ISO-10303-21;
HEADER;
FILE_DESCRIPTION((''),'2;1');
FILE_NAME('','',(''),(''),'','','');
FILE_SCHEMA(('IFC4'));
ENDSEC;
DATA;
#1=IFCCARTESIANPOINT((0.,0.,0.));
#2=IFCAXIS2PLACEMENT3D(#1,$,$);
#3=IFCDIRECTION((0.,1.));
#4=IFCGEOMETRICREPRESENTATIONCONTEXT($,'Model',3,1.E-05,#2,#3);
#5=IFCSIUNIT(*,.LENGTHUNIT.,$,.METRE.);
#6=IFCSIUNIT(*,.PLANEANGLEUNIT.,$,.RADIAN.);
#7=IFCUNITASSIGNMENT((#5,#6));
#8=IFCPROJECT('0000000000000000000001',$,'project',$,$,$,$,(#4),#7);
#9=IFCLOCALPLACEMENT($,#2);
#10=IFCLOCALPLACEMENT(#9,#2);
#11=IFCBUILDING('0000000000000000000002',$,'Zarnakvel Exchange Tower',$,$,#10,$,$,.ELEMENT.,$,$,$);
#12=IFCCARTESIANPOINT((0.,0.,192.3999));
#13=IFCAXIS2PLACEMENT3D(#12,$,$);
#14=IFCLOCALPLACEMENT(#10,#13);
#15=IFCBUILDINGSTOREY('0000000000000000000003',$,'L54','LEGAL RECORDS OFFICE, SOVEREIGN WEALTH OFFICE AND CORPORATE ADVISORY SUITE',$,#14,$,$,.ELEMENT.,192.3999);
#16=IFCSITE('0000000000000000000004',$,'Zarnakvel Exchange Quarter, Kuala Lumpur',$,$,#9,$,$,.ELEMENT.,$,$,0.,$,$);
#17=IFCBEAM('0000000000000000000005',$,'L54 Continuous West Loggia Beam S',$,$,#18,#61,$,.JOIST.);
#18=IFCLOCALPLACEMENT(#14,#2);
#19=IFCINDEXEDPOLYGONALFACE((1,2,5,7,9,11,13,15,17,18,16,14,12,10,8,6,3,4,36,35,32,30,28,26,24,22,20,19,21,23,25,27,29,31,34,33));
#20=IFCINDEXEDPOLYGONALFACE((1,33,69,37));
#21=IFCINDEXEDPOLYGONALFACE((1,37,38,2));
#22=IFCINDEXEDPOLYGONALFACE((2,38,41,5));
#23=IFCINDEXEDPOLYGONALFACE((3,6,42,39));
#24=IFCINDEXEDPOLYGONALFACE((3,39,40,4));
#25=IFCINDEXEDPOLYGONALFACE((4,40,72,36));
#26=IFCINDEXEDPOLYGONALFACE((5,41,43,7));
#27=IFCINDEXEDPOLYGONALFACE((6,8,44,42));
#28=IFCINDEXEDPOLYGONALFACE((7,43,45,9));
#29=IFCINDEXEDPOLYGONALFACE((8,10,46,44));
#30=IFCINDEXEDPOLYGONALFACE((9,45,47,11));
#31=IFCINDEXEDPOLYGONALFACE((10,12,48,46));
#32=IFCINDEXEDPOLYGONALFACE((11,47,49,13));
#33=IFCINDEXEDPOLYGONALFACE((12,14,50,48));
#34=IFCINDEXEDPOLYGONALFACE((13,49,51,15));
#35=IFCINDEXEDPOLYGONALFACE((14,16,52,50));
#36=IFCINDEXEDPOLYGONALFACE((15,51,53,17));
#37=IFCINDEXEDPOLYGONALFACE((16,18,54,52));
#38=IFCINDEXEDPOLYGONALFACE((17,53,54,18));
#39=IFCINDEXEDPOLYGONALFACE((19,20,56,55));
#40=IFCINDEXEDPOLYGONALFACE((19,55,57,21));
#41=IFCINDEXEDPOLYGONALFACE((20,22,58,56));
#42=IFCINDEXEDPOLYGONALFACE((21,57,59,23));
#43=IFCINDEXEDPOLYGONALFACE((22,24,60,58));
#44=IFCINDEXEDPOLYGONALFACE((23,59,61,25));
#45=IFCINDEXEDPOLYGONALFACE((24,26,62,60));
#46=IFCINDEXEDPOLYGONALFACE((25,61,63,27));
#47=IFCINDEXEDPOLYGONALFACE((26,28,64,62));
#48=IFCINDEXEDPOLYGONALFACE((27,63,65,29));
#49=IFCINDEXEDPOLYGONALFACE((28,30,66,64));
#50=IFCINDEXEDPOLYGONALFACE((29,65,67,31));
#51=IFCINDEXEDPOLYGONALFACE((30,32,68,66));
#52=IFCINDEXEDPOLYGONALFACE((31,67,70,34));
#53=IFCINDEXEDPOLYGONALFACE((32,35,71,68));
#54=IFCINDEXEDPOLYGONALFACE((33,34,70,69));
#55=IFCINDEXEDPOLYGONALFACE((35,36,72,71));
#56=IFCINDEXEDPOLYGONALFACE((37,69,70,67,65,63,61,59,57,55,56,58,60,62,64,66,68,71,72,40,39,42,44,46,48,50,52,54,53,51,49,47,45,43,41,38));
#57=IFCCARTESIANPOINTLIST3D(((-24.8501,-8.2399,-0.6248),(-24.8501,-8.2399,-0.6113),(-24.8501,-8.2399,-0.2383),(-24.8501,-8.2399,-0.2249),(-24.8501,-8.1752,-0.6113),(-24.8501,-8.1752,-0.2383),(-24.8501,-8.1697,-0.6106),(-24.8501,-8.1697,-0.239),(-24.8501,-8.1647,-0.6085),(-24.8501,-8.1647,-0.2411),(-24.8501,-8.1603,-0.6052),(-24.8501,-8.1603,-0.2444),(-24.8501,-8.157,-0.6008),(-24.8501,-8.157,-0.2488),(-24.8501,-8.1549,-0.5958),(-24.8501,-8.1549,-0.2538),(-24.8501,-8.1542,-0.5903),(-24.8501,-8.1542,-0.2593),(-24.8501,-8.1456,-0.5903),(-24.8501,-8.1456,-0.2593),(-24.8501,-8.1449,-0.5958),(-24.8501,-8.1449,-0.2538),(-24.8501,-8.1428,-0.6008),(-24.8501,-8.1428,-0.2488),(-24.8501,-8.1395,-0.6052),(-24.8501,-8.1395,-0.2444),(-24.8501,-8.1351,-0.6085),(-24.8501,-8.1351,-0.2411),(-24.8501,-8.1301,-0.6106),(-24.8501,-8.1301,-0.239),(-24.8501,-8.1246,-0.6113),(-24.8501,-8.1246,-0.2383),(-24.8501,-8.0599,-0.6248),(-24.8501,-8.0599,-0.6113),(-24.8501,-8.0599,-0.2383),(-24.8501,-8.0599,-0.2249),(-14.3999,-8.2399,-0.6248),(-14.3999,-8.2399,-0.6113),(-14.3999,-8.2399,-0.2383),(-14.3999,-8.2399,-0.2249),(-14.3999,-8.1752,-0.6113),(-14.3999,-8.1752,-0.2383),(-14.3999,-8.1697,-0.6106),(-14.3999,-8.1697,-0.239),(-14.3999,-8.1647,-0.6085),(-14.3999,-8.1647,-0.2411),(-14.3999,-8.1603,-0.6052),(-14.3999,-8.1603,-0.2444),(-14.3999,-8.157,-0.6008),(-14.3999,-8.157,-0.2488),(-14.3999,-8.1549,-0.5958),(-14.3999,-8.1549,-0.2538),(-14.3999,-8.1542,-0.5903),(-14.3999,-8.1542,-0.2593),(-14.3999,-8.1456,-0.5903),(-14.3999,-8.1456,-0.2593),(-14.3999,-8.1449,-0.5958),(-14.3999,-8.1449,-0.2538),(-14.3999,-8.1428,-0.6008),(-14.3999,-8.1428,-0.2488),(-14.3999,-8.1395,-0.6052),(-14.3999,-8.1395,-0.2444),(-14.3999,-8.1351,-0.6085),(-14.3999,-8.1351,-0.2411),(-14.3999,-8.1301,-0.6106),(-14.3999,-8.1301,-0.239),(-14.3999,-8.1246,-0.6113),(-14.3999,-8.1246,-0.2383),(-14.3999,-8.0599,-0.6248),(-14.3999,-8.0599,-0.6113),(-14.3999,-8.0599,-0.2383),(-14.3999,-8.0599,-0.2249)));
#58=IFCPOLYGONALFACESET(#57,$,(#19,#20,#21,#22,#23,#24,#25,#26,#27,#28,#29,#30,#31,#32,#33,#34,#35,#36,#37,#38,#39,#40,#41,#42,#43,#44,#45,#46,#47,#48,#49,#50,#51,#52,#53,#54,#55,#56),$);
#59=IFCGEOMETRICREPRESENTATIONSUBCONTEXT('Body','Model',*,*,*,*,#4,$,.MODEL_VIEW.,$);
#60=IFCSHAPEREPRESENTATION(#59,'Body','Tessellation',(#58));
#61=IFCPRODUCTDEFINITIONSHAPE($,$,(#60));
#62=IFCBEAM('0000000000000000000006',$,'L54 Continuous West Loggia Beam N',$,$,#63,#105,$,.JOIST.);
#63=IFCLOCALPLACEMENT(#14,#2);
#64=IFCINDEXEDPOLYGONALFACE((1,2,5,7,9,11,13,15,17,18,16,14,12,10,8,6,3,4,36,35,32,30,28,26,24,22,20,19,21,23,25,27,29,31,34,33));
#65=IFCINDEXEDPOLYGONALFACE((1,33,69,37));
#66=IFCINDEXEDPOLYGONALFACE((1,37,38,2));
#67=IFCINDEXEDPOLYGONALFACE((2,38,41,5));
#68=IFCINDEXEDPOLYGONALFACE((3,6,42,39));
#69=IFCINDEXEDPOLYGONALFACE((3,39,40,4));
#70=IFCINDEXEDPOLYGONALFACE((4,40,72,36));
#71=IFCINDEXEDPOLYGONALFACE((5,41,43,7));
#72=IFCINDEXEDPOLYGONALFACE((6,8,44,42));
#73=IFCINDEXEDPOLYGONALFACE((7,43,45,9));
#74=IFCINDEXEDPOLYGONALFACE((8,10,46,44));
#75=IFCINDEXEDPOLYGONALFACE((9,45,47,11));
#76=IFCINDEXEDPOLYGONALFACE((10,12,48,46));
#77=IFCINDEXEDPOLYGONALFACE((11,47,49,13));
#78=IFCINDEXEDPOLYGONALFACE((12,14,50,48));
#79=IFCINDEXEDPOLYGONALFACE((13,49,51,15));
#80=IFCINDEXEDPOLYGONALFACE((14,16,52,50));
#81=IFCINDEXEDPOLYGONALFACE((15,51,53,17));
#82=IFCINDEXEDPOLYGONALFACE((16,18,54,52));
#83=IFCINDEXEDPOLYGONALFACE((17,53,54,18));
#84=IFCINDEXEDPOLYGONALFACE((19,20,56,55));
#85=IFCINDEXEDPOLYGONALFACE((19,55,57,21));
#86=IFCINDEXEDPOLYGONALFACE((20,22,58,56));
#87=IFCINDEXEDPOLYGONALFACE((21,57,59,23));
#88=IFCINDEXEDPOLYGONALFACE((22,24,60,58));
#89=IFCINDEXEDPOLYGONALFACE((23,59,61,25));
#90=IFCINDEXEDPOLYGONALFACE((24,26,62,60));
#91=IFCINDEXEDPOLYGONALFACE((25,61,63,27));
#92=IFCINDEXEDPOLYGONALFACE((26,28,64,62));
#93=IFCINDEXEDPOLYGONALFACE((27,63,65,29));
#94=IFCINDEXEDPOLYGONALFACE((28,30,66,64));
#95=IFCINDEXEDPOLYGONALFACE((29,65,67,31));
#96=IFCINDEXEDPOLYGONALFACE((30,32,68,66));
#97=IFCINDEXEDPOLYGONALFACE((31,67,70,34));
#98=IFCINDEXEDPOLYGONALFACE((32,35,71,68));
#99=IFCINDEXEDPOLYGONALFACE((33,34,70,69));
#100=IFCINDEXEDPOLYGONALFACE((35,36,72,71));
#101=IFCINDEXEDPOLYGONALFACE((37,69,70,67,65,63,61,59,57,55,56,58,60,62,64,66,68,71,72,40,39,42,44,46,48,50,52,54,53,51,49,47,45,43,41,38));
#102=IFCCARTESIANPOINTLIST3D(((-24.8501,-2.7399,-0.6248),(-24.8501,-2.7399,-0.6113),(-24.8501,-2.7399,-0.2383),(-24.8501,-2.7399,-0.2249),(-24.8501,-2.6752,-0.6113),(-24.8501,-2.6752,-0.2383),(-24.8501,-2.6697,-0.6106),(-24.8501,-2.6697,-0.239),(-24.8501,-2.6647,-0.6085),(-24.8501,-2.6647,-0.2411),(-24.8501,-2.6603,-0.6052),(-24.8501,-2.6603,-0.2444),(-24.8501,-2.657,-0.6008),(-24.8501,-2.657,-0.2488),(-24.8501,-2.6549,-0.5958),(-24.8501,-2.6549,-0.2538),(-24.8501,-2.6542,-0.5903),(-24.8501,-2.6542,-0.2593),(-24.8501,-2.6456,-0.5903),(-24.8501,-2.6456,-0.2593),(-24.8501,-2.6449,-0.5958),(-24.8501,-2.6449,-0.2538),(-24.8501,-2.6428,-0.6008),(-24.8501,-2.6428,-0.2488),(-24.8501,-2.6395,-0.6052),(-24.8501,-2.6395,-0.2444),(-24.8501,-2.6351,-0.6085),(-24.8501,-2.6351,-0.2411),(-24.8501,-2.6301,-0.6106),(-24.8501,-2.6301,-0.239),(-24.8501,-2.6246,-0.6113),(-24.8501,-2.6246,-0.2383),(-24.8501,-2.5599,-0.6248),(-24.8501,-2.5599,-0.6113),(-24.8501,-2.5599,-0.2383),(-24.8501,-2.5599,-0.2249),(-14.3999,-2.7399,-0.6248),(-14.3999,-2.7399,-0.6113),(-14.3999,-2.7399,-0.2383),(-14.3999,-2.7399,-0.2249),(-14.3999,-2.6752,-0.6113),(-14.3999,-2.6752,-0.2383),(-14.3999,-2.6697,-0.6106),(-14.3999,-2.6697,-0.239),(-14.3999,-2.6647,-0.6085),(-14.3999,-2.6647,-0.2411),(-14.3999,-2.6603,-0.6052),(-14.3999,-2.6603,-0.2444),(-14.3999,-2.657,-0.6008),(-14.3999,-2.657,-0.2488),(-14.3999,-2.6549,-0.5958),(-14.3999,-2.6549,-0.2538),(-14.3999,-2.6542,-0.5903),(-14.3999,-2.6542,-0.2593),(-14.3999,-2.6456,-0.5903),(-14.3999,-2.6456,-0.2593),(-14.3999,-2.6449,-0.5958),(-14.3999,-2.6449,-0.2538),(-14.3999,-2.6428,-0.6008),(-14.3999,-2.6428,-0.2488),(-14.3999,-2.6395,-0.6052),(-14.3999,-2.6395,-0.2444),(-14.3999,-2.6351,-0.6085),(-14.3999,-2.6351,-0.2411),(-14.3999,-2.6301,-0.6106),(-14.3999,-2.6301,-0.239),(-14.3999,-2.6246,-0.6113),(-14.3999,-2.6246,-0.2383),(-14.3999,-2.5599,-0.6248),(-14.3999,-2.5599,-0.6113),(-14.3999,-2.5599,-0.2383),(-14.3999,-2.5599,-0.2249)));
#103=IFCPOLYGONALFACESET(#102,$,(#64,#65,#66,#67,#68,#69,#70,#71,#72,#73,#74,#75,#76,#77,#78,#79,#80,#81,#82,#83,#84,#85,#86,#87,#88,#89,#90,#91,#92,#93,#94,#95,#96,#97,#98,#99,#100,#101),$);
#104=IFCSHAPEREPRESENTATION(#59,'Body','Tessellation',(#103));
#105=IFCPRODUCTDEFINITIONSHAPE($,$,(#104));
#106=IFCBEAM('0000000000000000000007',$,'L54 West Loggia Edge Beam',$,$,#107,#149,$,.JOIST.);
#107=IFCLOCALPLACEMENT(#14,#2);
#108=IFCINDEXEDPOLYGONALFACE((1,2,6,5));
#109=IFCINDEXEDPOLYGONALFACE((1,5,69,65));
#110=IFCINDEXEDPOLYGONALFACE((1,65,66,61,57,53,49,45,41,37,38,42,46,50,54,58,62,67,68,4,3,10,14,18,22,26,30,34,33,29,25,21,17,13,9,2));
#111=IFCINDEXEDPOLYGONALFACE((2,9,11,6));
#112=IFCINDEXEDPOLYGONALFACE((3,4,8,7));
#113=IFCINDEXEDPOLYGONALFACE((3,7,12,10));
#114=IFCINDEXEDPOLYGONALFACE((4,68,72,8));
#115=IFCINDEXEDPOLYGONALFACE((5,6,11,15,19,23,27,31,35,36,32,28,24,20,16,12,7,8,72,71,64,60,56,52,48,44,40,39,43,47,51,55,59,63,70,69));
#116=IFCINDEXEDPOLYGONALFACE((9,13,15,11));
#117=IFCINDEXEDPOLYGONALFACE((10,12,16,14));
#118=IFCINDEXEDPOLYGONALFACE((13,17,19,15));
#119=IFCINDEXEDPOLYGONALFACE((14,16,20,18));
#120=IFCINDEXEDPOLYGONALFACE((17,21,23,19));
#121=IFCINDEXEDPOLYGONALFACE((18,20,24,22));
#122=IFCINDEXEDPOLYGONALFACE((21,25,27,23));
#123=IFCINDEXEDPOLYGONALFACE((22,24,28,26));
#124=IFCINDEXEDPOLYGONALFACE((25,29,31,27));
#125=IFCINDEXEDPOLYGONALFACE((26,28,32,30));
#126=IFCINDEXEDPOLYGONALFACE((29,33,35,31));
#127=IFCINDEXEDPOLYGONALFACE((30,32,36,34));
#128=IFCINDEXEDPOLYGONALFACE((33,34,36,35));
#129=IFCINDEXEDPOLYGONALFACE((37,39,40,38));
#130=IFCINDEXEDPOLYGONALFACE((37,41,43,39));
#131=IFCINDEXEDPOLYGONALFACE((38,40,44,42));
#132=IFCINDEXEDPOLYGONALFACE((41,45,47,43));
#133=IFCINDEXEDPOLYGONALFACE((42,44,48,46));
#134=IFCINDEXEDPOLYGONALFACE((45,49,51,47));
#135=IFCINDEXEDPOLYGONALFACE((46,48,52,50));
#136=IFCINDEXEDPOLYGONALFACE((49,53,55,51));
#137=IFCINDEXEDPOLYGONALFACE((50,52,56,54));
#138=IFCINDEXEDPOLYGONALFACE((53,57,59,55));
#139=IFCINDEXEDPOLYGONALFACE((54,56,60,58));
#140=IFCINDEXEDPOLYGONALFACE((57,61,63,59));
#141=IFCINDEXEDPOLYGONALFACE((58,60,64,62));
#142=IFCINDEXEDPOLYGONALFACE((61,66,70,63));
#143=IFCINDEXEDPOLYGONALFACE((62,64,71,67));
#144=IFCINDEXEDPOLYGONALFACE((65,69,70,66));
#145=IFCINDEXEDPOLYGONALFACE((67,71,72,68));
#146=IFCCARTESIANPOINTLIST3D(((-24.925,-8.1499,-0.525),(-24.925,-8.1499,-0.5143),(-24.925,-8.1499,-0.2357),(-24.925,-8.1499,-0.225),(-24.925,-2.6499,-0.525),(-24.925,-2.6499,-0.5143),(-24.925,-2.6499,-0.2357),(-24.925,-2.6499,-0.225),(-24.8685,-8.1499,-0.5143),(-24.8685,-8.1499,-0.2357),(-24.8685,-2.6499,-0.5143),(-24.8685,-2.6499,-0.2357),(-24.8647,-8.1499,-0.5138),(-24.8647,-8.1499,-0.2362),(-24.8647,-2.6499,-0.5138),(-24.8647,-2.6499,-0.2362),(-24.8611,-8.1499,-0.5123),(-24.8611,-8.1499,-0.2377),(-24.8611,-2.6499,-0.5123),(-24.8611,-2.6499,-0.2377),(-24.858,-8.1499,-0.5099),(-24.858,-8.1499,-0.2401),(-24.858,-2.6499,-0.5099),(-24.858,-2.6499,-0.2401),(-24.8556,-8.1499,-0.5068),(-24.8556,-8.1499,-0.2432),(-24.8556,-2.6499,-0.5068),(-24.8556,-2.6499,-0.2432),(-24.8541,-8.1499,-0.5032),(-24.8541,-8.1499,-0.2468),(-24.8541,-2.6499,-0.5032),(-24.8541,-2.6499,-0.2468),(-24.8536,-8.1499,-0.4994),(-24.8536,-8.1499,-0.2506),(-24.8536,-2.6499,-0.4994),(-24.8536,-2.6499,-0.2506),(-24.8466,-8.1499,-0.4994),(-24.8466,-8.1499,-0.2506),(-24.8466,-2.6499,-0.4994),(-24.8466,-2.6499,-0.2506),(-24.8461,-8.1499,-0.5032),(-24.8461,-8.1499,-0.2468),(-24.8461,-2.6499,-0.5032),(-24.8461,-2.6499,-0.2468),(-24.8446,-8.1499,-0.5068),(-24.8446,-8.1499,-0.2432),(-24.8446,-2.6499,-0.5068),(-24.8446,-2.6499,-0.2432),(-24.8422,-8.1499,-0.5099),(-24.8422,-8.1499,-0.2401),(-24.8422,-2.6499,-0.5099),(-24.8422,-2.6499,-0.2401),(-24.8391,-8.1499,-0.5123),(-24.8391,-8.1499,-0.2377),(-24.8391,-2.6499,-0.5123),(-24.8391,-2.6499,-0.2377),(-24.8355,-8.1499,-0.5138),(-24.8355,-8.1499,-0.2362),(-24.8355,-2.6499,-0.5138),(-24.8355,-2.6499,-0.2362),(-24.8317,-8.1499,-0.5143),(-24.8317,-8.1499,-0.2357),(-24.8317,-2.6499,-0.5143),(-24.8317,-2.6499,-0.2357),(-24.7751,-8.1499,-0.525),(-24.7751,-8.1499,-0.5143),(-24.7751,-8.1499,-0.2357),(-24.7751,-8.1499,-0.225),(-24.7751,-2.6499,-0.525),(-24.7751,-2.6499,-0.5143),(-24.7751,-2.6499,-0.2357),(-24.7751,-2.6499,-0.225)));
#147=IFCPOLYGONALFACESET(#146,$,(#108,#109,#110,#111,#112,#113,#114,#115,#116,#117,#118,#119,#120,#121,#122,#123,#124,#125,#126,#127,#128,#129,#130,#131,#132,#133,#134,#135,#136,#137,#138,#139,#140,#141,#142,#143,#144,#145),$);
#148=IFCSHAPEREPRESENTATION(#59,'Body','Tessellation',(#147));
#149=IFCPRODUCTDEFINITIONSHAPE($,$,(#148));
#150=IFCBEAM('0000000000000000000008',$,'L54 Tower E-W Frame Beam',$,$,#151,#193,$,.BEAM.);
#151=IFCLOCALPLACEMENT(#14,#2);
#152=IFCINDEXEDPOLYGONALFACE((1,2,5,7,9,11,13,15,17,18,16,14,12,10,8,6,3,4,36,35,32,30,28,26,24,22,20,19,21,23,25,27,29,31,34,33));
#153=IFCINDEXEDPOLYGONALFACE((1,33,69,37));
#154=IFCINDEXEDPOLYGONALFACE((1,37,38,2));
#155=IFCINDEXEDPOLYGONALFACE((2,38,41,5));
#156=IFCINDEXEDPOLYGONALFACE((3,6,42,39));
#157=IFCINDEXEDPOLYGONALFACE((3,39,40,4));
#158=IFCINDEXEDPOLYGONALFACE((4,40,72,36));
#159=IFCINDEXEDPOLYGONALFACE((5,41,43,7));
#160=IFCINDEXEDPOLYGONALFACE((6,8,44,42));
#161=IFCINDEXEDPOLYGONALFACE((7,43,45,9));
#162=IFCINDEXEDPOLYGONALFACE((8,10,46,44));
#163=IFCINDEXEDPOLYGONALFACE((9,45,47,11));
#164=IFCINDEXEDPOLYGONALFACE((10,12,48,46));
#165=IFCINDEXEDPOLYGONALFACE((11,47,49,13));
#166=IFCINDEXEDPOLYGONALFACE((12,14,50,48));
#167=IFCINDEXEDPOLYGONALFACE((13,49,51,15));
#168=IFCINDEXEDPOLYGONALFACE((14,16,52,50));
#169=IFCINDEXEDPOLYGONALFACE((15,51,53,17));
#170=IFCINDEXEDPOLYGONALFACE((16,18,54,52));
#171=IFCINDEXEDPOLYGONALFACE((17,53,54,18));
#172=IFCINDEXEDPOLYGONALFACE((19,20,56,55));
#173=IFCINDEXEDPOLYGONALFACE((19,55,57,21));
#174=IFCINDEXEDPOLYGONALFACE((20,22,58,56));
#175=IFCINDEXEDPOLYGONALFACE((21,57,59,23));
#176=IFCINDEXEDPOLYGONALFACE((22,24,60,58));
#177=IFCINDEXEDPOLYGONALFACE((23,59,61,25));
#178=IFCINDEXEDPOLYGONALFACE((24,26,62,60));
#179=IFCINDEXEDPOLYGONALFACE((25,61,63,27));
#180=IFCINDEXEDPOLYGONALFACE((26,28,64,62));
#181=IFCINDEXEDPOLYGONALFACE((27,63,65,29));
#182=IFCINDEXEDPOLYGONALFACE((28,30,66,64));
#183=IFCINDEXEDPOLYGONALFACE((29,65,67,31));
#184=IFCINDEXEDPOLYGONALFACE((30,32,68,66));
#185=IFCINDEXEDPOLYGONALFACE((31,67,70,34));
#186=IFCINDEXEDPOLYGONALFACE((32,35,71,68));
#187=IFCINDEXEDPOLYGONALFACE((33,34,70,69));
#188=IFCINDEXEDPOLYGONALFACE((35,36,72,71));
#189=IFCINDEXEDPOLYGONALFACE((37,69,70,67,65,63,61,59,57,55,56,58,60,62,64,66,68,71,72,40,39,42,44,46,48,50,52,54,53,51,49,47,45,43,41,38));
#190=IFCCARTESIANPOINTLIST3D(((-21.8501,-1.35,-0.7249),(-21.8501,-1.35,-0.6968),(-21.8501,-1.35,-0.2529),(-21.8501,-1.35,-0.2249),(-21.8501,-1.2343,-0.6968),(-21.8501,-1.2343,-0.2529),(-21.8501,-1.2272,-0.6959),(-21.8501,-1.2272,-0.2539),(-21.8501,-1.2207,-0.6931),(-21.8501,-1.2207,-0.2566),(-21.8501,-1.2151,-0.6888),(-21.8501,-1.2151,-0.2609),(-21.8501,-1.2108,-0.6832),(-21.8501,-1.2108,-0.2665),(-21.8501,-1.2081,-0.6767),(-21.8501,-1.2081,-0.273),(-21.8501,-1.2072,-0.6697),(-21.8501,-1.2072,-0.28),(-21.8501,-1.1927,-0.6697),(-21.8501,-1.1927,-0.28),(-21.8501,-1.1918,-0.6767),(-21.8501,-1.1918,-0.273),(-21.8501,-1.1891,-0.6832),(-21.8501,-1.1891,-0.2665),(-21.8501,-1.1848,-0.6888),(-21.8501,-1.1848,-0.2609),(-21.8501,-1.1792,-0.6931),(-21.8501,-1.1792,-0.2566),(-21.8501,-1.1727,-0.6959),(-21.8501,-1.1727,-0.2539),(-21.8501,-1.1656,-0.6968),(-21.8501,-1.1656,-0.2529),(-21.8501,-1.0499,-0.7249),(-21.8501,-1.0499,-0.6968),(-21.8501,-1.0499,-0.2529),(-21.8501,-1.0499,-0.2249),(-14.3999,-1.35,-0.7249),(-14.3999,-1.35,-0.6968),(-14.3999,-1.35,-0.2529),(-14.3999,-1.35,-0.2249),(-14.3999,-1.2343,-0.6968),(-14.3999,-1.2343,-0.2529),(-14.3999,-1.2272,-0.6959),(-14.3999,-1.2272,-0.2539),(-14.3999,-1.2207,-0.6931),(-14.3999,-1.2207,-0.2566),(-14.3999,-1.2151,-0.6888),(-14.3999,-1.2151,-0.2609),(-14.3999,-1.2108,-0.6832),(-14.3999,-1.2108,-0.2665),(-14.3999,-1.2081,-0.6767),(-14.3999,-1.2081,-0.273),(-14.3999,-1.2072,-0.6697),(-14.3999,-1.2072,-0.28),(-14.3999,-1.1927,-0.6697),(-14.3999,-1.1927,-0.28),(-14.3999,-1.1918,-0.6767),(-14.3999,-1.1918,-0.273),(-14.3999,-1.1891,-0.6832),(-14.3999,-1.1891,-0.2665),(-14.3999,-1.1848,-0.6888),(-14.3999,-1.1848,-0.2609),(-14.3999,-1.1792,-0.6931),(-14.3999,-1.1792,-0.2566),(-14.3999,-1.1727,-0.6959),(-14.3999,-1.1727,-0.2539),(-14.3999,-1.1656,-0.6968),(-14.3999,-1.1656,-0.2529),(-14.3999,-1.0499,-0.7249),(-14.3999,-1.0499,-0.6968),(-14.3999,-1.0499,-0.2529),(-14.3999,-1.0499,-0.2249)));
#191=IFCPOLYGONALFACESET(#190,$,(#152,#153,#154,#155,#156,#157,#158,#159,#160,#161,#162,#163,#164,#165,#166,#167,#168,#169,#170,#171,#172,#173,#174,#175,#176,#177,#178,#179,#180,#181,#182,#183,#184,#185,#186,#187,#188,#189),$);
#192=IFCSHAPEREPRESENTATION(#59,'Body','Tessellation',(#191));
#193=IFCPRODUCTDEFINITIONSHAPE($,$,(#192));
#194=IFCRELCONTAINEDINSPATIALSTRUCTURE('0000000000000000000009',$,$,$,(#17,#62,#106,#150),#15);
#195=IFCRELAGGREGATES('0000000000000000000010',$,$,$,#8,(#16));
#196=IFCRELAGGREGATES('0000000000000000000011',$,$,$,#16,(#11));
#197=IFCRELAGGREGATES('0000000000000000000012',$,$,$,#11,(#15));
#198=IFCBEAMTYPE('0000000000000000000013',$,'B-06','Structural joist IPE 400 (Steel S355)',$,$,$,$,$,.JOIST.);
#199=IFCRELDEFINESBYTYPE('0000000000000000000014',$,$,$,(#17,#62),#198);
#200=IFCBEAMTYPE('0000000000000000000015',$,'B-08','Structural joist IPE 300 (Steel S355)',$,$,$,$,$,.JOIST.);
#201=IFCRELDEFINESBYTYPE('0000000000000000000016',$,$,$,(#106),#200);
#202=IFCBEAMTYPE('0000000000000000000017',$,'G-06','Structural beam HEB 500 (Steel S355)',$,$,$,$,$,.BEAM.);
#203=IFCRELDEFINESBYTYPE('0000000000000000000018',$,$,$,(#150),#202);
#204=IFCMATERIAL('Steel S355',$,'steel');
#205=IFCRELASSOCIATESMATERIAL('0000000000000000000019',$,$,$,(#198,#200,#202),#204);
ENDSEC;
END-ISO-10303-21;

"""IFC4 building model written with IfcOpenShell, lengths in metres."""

from ifc_helpers import new_model, si_unit, direction, frame, origin, origin_2d, place, context, subcontext, project, spatial, i_section, extrude, material, material_profile, profile_set, type_object, element, save


model = new_model("IFC4")

# Units and contexts
model_context = context("Model", 3, precision=1e-05, world=origin(), true_north=direction((0.0, 1.0)))
body_context = subcontext(model_context, "Body", "Model", "MODEL_VIEW")
ifc_project = project(units=[si_unit("LENGTHUNIT", "METRE"), si_unit("PLANEANGLEUNIT", "RADIAN")], contexts=[model_context])

# Site, building, storey
site_placement = place(None, origin())
site = spatial("IfcSite", under=ifc_project, at=site_placement, Name="Zarnakvel Exchange Quarter, Kuala Lumpur", CompositionType="ELEMENT", RefElevation=0.0)
building_placement = place(site_placement, origin())
building = spatial("IfcBuilding", under=site, at=building_placement, Name="Zarnakvel Exchange Tower", CompositionType="ELEMENT")
storey_placement = place(building_placement, frame((0.0, 0.0, 192.3999)))
storey = spatial("IfcBuildingStorey", under=building, at=storey_placement, Name="L54", Description="LEGAL RECORDS OFFICE, SOVEREIGN WEALTH OFFICE AND CORPORATE ADVISORY SUITE", CompositionType="ELEMENT", Elevation=192.3999)

# Shared definitions
ifc_material_1 = material(Name="Steel S355", Category="steel")

# Beams
ifc_material_profile_1 = material_profile(ifc_material_1, i_section(OverallWidth=0.1799, OverallDepth=0.3999, WebThickness=0.0085, FlangeThickness=0.0134, FilletRadius=0.021, at=origin_2d()))
ifc_profile_set_1 = profile_set([ifc_material_profile_1], Name="Steel S355")
beam_type_1 = type_object("IfcBeamType", Name="B-06", Description="Structural joist IPE 400 (Steel S355)", PredefinedType="JOIST", material=ifc_profile_set_1)
for number, where, z_axis, x_axis, name in (
    (1, (-14.3999, -8.1499, -0.4248), (-1.0, 0.0, 0.0), (0.0, -1.0, 0.0), "L54 Continuous West Loggia Beam S"),
    (2, (-14.3999, -2.6499, -0.4248), (-1.0, 0.0, 0.0), (0.0, -1.0, 0.0), "L54 Continuous West Loggia Beam N"),
):
    element("IfcBeam", number, at=place(storey_placement, frame(where, z_axis=z_axis, x_axis=x_axis)), inside=storey, type_object=beam_type_1, Name=name, PredefinedType="JOIST", context=body_context, shape_type="SweptSolid", body=[
        extrude(i_section(OverallWidth=0.1799, OverallDepth=0.3999, WebThickness=0.0085, FlangeThickness=0.0134, FilletRadius=0.021, at=origin_2d()), origin(), (0.0, 0.0, 1.0), 10.4502),
    ])
ifc_material_profile_2 = material_profile(ifc_material_1, i_section(OverallWidth=0.1499, OverallDepth=0.3, WebThickness=0.0071, FlangeThickness=0.0107, FilletRadius=0.0149, at=origin_2d()))
ifc_profile_set_2 = profile_set([ifc_material_profile_2], Name="Steel S355")
beam_type_2 = type_object("IfcBeamType", Name="B-08", Description="Structural joist IPE 300 (Steel S355)", PredefinedType="JOIST", material=ifc_profile_set_2)
beam_1_placement = place(storey_placement, frame((-24.8501, -8.1499, -0.375), z_axis=(0.0, 1.0, 0.0), x_axis=(-1.0, 0.0, 0.0)))
element("IfcBeam", 3, at=beam_1_placement, inside=storey, type_object=beam_type_2, Name="L54 West Loggia Edge Beam", PredefinedType="JOIST", context=body_context, shape_type="SweptSolid", body=[
    extrude(i_section(OverallWidth=0.1499, OverallDepth=0.3, WebThickness=0.0071, FlangeThickness=0.0107, FilletRadius=0.0149, at=origin_2d()), origin(), (0.0, 0.0, 1.0), 5.5),
])
ifc_material_profile_3 = material_profile(ifc_material_1, i_section(OverallWidth=0.3, OverallDepth=0.5, WebThickness=0.0144, FlangeThickness=0.0281, FilletRadius=0.0271, at=origin_2d()))
ifc_profile_set_3 = profile_set([ifc_material_profile_3], Name="Steel S355")
beam_type_3 = type_object("IfcBeamType", Name="G-06", Description="Structural beam HEB 500 (Steel S355)", PredefinedType="BEAM", material=ifc_profile_set_3)
beam_2_placement = place(storey_placement, frame((-21.8501, -1.2, -0.4749), z_axis=(1.0, 0.0, 0.0), x_axis=(0.0, 1.0, 0.0)))
element("IfcBeam", 4, at=beam_2_placement, inside=storey, type_object=beam_type_3, Name="L54 Tower E-W Frame Beam", PredefinedType="BEAM", context=body_context, shape_type="SweptSolid", body=[
    extrude(i_section(OverallWidth=0.3, OverallDepth=0.5, WebThickness=0.0144, FlangeThickness=0.0281, FilletRadius=0.0271, at=origin_2d()), origin(), (0.0, 0.0, 1.0), 7.4502),
])

save(model, "model.ifc")
